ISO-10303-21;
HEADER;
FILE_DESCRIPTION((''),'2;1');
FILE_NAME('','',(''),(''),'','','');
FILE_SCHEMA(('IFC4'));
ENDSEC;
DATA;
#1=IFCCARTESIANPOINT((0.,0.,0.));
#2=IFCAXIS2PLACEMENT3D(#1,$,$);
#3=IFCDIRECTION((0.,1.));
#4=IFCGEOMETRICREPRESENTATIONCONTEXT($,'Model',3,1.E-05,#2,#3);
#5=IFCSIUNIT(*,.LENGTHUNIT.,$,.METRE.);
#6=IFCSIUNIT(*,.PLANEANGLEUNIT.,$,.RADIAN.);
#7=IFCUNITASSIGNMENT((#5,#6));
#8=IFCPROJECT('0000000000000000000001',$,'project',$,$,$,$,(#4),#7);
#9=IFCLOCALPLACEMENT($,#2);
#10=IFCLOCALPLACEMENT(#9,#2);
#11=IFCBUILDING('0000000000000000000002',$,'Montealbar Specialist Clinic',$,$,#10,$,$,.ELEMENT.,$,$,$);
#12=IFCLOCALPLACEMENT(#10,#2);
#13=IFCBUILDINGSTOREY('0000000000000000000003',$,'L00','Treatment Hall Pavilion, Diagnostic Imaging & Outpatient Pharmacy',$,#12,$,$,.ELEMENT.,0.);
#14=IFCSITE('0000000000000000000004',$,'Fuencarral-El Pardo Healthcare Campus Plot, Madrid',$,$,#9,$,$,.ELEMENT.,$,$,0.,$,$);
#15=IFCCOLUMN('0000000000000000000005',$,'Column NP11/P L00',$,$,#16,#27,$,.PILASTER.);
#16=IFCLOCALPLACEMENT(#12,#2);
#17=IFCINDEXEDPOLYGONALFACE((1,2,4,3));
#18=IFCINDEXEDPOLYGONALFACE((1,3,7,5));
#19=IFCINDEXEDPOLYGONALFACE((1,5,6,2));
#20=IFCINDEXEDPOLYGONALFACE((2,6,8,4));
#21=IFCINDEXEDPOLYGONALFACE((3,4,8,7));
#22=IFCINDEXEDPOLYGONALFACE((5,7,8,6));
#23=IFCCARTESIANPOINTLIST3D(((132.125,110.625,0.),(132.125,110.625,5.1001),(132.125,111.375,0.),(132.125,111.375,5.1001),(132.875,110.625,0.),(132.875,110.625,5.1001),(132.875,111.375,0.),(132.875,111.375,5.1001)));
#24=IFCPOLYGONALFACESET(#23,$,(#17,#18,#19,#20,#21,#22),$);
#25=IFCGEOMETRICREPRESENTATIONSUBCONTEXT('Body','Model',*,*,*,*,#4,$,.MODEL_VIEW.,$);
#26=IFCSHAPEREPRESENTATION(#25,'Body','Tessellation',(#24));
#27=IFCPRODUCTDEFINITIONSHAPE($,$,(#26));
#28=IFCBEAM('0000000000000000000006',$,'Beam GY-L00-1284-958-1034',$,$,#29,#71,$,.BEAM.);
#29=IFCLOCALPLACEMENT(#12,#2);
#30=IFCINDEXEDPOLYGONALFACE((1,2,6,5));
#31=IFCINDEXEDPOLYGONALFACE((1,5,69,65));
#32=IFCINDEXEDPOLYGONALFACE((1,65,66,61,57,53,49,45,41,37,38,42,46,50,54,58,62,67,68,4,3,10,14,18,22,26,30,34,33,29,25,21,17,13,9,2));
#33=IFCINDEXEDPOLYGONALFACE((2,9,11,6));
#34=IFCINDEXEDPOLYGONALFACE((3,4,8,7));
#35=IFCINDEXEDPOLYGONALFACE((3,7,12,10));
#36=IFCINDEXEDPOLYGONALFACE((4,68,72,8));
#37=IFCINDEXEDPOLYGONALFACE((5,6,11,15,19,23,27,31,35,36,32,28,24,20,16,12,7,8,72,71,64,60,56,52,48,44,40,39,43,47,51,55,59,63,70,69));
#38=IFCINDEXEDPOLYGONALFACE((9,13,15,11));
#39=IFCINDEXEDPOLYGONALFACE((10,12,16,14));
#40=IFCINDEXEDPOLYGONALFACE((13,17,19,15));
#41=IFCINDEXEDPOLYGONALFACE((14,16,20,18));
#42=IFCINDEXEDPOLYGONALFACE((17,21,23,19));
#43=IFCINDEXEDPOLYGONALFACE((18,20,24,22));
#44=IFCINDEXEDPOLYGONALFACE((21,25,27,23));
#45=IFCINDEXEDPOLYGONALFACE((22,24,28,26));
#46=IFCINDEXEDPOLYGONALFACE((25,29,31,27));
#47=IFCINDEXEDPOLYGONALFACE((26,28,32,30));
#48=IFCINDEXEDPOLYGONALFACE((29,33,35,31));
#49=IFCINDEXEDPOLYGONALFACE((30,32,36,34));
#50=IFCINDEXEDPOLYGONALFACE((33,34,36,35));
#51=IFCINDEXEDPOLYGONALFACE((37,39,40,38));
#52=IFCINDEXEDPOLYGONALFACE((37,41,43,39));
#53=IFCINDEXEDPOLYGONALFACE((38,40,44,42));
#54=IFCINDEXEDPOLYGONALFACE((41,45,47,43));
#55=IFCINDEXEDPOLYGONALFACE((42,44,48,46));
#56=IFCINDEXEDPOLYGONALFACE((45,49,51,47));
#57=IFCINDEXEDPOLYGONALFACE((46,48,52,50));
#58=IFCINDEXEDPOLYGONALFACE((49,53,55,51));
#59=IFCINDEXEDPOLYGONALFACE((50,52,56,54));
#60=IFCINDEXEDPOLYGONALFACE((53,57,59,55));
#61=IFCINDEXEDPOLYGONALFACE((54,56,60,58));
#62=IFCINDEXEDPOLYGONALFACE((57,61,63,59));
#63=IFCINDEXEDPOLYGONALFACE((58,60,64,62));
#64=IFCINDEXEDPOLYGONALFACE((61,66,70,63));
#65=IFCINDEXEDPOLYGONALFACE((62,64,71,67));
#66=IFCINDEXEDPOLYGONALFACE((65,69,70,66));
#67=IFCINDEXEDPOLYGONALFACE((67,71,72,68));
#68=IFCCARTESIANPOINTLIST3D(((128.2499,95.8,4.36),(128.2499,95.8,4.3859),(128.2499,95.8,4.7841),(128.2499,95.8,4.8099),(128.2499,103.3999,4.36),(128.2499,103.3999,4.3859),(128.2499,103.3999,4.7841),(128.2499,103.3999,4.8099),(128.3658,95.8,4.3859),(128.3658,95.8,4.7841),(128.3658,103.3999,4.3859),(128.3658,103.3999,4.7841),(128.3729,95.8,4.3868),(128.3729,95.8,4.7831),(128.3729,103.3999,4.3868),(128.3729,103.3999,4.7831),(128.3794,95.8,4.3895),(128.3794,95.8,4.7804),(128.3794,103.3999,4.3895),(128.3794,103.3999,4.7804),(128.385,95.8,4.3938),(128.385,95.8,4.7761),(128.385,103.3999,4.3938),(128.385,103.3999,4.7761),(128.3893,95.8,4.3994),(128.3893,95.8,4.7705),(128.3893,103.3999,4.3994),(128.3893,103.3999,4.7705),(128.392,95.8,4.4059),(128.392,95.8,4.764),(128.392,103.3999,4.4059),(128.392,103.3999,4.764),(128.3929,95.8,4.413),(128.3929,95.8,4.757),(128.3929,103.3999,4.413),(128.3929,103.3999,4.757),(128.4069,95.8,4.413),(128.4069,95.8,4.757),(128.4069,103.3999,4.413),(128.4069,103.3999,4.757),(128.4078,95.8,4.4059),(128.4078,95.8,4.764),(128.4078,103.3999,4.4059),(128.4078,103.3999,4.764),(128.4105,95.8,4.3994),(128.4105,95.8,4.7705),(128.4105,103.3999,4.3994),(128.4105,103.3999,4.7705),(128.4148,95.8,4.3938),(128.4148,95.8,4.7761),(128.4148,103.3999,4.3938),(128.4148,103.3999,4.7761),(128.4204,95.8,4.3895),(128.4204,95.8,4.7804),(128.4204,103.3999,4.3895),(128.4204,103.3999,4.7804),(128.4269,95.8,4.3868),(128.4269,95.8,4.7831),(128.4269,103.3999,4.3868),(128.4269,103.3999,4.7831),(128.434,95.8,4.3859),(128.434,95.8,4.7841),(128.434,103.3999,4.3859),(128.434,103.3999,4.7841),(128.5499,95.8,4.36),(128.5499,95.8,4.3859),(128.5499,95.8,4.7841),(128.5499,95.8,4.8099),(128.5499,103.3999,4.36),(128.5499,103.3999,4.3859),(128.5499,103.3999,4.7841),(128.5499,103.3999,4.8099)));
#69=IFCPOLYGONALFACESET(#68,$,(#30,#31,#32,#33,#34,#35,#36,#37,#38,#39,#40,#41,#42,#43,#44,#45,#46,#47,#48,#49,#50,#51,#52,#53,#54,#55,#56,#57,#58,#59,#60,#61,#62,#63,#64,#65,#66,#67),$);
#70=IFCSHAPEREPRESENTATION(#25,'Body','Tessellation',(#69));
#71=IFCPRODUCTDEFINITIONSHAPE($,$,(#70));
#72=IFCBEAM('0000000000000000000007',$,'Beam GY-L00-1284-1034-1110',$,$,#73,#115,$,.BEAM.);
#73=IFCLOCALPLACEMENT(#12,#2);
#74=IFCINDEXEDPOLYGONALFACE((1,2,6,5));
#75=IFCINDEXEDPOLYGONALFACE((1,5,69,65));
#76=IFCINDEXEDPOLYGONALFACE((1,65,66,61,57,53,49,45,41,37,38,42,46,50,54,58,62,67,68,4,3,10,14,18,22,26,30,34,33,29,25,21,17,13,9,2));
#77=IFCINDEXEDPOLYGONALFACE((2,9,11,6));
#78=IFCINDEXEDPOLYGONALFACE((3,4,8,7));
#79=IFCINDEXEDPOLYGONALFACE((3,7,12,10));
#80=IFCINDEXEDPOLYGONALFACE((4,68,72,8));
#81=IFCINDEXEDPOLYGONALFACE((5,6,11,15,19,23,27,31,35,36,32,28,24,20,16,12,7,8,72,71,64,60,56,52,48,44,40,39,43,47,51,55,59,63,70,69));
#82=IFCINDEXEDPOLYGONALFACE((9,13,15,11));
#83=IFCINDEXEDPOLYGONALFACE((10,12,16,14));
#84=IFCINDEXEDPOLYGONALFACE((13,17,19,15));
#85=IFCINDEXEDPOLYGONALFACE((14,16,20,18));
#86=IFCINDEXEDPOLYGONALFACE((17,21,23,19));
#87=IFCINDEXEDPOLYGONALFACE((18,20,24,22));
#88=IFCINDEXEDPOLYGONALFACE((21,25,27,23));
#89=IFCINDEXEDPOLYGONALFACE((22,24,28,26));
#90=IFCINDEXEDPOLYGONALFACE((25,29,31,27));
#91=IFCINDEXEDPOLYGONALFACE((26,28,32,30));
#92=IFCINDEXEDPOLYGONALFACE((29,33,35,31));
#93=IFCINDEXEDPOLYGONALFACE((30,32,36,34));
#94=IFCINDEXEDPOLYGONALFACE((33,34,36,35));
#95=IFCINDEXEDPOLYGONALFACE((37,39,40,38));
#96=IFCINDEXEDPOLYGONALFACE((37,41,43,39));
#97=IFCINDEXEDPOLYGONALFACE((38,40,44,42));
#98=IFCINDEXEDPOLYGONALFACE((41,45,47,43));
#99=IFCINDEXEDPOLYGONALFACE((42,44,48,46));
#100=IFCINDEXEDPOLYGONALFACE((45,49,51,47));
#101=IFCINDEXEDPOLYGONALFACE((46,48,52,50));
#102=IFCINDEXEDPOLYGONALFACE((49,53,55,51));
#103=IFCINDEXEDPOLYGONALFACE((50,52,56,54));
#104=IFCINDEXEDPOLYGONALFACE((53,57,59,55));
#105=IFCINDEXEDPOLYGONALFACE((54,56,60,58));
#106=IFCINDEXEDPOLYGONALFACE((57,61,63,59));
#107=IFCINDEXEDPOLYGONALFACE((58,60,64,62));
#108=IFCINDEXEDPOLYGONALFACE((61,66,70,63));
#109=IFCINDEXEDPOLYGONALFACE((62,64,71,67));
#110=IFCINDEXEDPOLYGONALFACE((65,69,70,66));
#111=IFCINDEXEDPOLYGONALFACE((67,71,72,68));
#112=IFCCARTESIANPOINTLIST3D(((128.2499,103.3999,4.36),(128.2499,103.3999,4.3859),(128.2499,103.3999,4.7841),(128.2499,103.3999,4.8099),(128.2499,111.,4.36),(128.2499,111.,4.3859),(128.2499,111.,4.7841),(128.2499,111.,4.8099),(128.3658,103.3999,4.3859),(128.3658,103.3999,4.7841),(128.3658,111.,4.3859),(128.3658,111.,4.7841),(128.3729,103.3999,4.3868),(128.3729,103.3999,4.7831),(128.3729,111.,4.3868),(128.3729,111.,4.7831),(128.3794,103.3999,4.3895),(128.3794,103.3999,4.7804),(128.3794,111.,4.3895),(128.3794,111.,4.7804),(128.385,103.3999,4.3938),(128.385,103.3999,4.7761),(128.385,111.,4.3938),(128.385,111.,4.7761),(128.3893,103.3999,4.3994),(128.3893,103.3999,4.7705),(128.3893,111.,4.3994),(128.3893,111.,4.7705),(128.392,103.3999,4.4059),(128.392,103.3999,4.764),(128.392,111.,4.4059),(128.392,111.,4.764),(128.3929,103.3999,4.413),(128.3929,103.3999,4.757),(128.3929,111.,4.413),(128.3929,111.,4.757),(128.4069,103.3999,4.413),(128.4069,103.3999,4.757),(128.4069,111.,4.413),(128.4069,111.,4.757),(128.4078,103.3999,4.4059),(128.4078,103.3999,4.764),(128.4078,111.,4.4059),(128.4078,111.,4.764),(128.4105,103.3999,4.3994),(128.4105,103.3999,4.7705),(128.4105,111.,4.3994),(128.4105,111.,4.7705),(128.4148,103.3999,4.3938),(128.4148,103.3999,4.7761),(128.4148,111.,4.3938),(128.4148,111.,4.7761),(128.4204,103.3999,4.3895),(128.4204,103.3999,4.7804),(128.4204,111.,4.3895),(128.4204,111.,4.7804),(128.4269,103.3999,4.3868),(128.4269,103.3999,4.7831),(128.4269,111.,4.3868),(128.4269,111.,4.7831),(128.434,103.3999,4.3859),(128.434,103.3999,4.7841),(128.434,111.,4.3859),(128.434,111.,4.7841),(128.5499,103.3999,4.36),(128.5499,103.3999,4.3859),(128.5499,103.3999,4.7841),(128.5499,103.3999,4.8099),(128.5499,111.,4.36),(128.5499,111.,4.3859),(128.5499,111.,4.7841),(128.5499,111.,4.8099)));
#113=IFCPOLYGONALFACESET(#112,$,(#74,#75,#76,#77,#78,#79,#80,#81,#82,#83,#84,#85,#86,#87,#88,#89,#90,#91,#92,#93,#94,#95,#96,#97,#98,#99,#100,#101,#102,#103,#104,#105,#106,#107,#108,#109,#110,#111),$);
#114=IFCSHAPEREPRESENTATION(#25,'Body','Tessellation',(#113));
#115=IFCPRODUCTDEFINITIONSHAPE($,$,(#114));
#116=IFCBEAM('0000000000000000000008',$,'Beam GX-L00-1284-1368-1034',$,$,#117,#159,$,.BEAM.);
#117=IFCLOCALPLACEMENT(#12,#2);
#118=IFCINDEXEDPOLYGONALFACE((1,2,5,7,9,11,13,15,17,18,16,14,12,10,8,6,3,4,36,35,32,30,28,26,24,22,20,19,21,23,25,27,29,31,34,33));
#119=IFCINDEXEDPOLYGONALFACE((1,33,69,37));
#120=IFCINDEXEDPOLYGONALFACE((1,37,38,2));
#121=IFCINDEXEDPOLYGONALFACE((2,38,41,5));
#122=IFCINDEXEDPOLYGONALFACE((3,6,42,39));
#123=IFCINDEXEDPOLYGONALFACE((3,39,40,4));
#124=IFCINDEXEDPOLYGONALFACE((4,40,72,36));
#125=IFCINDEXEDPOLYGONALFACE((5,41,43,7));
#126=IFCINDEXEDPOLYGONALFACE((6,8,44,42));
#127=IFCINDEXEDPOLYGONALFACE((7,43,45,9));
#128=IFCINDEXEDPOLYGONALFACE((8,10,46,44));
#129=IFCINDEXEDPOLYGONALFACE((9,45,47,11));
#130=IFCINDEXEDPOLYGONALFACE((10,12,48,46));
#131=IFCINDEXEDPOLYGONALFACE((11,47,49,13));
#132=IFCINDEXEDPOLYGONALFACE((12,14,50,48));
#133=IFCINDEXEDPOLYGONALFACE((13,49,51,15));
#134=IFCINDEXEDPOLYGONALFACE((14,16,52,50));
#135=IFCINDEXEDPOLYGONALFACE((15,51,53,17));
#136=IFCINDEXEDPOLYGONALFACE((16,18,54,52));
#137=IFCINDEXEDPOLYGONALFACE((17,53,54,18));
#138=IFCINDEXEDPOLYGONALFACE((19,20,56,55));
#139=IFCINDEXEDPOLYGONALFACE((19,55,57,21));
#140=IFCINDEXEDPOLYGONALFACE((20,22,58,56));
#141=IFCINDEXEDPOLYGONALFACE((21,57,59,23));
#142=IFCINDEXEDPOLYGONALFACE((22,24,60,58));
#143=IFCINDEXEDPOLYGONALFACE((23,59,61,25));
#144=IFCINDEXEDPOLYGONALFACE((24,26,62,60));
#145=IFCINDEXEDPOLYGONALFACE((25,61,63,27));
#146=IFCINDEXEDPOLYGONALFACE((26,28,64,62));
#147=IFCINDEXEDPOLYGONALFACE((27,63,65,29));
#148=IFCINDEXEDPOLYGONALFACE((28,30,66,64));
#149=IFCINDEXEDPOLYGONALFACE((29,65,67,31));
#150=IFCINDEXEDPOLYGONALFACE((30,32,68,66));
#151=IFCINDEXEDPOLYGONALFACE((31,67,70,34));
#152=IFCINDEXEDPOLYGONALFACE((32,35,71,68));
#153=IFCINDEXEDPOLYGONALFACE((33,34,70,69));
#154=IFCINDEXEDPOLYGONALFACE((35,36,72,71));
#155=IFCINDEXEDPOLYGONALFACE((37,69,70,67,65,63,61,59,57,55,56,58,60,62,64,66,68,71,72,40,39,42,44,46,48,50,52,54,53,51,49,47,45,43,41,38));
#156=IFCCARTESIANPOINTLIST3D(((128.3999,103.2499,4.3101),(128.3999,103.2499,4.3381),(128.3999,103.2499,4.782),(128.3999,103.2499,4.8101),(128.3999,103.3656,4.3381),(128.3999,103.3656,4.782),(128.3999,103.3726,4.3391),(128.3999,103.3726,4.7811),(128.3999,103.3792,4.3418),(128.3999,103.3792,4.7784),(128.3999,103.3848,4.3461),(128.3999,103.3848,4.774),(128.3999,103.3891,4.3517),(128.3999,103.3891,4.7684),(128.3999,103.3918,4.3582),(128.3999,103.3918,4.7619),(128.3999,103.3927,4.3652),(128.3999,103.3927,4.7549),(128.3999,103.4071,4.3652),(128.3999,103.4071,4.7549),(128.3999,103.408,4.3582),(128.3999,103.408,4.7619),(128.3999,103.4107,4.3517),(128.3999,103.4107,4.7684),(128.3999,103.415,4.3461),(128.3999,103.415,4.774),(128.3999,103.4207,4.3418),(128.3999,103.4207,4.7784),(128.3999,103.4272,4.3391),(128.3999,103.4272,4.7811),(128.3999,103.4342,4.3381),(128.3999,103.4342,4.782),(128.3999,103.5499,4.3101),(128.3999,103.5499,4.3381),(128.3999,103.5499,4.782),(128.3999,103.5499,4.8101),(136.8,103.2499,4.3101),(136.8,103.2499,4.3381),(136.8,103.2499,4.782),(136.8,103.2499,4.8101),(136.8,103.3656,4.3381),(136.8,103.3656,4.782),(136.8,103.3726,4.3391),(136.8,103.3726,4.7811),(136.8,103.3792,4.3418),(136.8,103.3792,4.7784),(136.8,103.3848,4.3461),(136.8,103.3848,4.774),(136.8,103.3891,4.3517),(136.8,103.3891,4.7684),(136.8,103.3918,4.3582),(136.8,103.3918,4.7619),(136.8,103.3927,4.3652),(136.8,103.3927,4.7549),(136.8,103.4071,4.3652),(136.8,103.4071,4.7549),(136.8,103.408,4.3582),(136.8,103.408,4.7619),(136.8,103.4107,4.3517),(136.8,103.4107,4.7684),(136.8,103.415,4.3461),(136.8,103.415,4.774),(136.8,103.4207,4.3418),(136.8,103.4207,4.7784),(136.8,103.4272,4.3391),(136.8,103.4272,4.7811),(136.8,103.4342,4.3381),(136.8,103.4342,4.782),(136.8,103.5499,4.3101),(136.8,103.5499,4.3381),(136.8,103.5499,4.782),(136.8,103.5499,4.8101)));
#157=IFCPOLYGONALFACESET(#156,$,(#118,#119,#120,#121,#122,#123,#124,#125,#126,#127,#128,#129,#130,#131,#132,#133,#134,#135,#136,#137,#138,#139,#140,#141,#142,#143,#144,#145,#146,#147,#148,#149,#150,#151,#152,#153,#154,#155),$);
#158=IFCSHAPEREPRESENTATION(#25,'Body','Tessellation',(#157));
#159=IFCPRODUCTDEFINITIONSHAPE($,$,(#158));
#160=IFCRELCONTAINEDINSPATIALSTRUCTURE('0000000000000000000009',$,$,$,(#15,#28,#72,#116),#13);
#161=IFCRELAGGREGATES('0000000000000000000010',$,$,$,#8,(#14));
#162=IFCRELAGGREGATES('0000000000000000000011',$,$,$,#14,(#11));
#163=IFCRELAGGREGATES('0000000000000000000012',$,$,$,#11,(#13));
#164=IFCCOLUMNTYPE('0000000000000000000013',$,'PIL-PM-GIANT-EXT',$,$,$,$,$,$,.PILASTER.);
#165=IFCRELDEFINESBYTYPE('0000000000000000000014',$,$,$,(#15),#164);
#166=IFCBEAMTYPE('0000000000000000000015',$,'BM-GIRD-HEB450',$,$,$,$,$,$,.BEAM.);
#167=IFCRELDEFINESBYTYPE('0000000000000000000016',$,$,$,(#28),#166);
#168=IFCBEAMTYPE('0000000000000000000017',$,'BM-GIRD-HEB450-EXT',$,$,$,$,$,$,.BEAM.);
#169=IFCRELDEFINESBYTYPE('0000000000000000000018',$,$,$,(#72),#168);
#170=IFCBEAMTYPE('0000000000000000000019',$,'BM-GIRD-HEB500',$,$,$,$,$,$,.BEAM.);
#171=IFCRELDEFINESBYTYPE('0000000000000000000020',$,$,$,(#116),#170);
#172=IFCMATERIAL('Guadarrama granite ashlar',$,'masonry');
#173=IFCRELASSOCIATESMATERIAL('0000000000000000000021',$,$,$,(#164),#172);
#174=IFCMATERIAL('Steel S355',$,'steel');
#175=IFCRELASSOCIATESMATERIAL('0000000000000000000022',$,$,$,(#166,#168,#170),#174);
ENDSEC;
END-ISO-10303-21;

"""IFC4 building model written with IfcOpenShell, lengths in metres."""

from ifc_helpers import new_model, si_unit, direction, frame, origin, origin_2d, place, context, subcontext, project, spatial, rectangle, i_section, extrude, material, material_profile, profile_set, type_object, element, save


model = new_model("IFC4")

# Units and contexts
model_context = context("Model", 3, precision=1e-05, world=origin(), true_north=direction((0.0, 1.0)))
body_context = subcontext(model_context, "Body", "Model", "MODEL_VIEW")
ifc_project = project(units=[si_unit("LENGTHUNIT", "METRE"), si_unit("PLANEANGLEUNIT", "RADIAN")], contexts=[model_context])

# Site, building, storey
site_placement = place(None, origin())
site = spatial("IfcSite", under=ifc_project, at=site_placement, Name="Fuencarral-El Pardo Healthcare Campus Plot, Madrid", CompositionType="ELEMENT", RefElevation=0.0)
building_placement = place(site_placement, origin())
building = spatial("IfcBuilding", under=site, at=building_placement, Name="Montealbar Specialist Clinic", CompositionType="ELEMENT")
storey_placement = place(building_placement, origin())
storey = spatial("IfcBuildingStorey", under=building, at=storey_placement, Name="L00", Description="Treatment Hall Pavilion, Diagnostic Imaging & Outpatient Pharmacy", CompositionType="ELEMENT", Elevation=0.0)

# Column
ifc_material_1 = material(Name="Steel S355", Category="steel")
ifc_material_2 = material(Name="Guadarrama granite ashlar", Category="masonry")
ifc_material_profile_1 = material_profile(ifc_material_2, rectangle(XDim=0.75, YDim=0.75, at=origin_2d()), Name="GRANITE PILASTER 750x750", Category="masonry")
ifc_profile_set_1 = profile_set([ifc_material_profile_1], Name="Guadarrama granite ashlar")
column_type_1 = type_object("IfcColumnType", Name="PIL-PM-GIANT-EXT", PredefinedType="PILASTER", material=ifc_profile_set_1)
column_1_placement = place(storey_placement, frame((132.5, 111.0, 0.0), z_axis=(0.0, 0.0, 1.0), x_axis=(1.0, 0.0, 0.0)))
element("IfcColumn", 1, at=column_1_placement, inside=storey, type_object=column_type_1, Name="Column NP11/P L00", PredefinedType="PILASTER", context=body_context, shape_type="SweptSolid", body=[
    extrude(rectangle(XDim=0.75, YDim=0.75, at=origin_2d()), origin(), (0.0, 0.0, 1.0), 5.1001),
])

# Beams
ifc_material_profile_2 = material_profile(ifc_material_1, i_section(OverallWidth=0.3, OverallDepth=0.45, WebThickness=0.0139, FlangeThickness=0.0259, FilletRadius=0.0271, at=origin_2d()), Name="HEB 450", Category="steel")
ifc_profile_set_2 = profile_set([ifc_material_profile_2], Name="Steel S355")
beam_type_1 = type_object("IfcBeamType", Name="BM-GIRD-HEB450", PredefinedType="BEAM", material=ifc_profile_set_2)
beam_1_placement = place(storey_placement, frame((128.3999, 95.8, 4.585), z_axis=(0.0, 1.0, 0.0), x_axis=(-1.0, 0.0, 0.0)))
element("IfcBeam", 2, at=beam_1_placement, inside=storey, type_object=beam_type_1, Name="Beam GY-L00-1284-958-1034", PredefinedType="BEAM", context=body_context, shape_type="SweptSolid", body=[
    extrude(i_section(OverallWidth=0.3, OverallDepth=0.45, WebThickness=0.0139, FlangeThickness=0.0259, FilletRadius=0.0271, at=origin_2d()), origin(), (0.0, 0.0, 1.0), 7.5999),
])
ifc_material_profile_3 = material_profile(ifc_material_1, i_section(OverallWidth=0.3, OverallDepth=0.45, WebThickness=0.0139, FlangeThickness=0.0259, FilletRadius=0.0271, at=origin_2d()), Name="HEB 450", Category="steel")
ifc_profile_set_3 = profile_set([ifc_material_profile_3], Name="Steel S355")
beam_type_2 = type_object("IfcBeamType", Name="BM-GIRD-HEB450-EXT", PredefinedType="BEAM", material=ifc_profile_set_3)
beam_2_placement = place(storey_placement, frame((128.3999, 103.3999, 4.585), z_axis=(0.0, 1.0, 0.0), x_axis=(-1.0, 0.0, 0.0)))
element("IfcBeam", 3, at=beam_2_placement, inside=storey, type_object=beam_type_2, Name="Beam GY-L00-1284-1034-1110", PredefinedType="BEAM", context=body_context, shape_type="SweptSolid", body=[
    extrude(i_section(OverallWidth=0.3, OverallDepth=0.45, WebThickness=0.0139, FlangeThickness=0.0259, FilletRadius=0.0271, at=origin_2d()), origin(), (0.0, 0.0, 1.0), 7.6001),
])
ifc_material_profile_4 = material_profile(ifc_material_1, i_section(OverallWidth=0.3, OverallDepth=0.5, WebThickness=0.0144, FlangeThickness=0.0281, FilletRadius=0.0271, at=origin_2d()), Name="HEB 500", Category="steel")
ifc_profile_set_4 = profile_set([ifc_material_profile_4], Name="Steel S355")
beam_type_3 = type_object("IfcBeamType", Name="BM-GIRD-HEB500", PredefinedType="BEAM", material=ifc_profile_set_4)
beam_3_placement = place(storey_placement, frame((128.3999, 103.3999, 4.5601), z_axis=(1.0, 0.0, 0.0), x_axis=(0.0, 1.0, 0.0)))
element("IfcBeam", 4, at=beam_3_placement, inside=storey, type_object=beam_type_3, Name="Beam GX-L00-1284-1368-1034", PredefinedType="BEAM", context=body_context, shape_type="SweptSolid", body=[
    extrude(i_section(OverallWidth=0.3, OverallDepth=0.5, WebThickness=0.0144, FlangeThickness=0.0281, FilletRadius=0.0271, at=origin_2d()), origin(), (0.0, 0.0, 1.0), 8.4001),
])

save(model, "model.ifc")
